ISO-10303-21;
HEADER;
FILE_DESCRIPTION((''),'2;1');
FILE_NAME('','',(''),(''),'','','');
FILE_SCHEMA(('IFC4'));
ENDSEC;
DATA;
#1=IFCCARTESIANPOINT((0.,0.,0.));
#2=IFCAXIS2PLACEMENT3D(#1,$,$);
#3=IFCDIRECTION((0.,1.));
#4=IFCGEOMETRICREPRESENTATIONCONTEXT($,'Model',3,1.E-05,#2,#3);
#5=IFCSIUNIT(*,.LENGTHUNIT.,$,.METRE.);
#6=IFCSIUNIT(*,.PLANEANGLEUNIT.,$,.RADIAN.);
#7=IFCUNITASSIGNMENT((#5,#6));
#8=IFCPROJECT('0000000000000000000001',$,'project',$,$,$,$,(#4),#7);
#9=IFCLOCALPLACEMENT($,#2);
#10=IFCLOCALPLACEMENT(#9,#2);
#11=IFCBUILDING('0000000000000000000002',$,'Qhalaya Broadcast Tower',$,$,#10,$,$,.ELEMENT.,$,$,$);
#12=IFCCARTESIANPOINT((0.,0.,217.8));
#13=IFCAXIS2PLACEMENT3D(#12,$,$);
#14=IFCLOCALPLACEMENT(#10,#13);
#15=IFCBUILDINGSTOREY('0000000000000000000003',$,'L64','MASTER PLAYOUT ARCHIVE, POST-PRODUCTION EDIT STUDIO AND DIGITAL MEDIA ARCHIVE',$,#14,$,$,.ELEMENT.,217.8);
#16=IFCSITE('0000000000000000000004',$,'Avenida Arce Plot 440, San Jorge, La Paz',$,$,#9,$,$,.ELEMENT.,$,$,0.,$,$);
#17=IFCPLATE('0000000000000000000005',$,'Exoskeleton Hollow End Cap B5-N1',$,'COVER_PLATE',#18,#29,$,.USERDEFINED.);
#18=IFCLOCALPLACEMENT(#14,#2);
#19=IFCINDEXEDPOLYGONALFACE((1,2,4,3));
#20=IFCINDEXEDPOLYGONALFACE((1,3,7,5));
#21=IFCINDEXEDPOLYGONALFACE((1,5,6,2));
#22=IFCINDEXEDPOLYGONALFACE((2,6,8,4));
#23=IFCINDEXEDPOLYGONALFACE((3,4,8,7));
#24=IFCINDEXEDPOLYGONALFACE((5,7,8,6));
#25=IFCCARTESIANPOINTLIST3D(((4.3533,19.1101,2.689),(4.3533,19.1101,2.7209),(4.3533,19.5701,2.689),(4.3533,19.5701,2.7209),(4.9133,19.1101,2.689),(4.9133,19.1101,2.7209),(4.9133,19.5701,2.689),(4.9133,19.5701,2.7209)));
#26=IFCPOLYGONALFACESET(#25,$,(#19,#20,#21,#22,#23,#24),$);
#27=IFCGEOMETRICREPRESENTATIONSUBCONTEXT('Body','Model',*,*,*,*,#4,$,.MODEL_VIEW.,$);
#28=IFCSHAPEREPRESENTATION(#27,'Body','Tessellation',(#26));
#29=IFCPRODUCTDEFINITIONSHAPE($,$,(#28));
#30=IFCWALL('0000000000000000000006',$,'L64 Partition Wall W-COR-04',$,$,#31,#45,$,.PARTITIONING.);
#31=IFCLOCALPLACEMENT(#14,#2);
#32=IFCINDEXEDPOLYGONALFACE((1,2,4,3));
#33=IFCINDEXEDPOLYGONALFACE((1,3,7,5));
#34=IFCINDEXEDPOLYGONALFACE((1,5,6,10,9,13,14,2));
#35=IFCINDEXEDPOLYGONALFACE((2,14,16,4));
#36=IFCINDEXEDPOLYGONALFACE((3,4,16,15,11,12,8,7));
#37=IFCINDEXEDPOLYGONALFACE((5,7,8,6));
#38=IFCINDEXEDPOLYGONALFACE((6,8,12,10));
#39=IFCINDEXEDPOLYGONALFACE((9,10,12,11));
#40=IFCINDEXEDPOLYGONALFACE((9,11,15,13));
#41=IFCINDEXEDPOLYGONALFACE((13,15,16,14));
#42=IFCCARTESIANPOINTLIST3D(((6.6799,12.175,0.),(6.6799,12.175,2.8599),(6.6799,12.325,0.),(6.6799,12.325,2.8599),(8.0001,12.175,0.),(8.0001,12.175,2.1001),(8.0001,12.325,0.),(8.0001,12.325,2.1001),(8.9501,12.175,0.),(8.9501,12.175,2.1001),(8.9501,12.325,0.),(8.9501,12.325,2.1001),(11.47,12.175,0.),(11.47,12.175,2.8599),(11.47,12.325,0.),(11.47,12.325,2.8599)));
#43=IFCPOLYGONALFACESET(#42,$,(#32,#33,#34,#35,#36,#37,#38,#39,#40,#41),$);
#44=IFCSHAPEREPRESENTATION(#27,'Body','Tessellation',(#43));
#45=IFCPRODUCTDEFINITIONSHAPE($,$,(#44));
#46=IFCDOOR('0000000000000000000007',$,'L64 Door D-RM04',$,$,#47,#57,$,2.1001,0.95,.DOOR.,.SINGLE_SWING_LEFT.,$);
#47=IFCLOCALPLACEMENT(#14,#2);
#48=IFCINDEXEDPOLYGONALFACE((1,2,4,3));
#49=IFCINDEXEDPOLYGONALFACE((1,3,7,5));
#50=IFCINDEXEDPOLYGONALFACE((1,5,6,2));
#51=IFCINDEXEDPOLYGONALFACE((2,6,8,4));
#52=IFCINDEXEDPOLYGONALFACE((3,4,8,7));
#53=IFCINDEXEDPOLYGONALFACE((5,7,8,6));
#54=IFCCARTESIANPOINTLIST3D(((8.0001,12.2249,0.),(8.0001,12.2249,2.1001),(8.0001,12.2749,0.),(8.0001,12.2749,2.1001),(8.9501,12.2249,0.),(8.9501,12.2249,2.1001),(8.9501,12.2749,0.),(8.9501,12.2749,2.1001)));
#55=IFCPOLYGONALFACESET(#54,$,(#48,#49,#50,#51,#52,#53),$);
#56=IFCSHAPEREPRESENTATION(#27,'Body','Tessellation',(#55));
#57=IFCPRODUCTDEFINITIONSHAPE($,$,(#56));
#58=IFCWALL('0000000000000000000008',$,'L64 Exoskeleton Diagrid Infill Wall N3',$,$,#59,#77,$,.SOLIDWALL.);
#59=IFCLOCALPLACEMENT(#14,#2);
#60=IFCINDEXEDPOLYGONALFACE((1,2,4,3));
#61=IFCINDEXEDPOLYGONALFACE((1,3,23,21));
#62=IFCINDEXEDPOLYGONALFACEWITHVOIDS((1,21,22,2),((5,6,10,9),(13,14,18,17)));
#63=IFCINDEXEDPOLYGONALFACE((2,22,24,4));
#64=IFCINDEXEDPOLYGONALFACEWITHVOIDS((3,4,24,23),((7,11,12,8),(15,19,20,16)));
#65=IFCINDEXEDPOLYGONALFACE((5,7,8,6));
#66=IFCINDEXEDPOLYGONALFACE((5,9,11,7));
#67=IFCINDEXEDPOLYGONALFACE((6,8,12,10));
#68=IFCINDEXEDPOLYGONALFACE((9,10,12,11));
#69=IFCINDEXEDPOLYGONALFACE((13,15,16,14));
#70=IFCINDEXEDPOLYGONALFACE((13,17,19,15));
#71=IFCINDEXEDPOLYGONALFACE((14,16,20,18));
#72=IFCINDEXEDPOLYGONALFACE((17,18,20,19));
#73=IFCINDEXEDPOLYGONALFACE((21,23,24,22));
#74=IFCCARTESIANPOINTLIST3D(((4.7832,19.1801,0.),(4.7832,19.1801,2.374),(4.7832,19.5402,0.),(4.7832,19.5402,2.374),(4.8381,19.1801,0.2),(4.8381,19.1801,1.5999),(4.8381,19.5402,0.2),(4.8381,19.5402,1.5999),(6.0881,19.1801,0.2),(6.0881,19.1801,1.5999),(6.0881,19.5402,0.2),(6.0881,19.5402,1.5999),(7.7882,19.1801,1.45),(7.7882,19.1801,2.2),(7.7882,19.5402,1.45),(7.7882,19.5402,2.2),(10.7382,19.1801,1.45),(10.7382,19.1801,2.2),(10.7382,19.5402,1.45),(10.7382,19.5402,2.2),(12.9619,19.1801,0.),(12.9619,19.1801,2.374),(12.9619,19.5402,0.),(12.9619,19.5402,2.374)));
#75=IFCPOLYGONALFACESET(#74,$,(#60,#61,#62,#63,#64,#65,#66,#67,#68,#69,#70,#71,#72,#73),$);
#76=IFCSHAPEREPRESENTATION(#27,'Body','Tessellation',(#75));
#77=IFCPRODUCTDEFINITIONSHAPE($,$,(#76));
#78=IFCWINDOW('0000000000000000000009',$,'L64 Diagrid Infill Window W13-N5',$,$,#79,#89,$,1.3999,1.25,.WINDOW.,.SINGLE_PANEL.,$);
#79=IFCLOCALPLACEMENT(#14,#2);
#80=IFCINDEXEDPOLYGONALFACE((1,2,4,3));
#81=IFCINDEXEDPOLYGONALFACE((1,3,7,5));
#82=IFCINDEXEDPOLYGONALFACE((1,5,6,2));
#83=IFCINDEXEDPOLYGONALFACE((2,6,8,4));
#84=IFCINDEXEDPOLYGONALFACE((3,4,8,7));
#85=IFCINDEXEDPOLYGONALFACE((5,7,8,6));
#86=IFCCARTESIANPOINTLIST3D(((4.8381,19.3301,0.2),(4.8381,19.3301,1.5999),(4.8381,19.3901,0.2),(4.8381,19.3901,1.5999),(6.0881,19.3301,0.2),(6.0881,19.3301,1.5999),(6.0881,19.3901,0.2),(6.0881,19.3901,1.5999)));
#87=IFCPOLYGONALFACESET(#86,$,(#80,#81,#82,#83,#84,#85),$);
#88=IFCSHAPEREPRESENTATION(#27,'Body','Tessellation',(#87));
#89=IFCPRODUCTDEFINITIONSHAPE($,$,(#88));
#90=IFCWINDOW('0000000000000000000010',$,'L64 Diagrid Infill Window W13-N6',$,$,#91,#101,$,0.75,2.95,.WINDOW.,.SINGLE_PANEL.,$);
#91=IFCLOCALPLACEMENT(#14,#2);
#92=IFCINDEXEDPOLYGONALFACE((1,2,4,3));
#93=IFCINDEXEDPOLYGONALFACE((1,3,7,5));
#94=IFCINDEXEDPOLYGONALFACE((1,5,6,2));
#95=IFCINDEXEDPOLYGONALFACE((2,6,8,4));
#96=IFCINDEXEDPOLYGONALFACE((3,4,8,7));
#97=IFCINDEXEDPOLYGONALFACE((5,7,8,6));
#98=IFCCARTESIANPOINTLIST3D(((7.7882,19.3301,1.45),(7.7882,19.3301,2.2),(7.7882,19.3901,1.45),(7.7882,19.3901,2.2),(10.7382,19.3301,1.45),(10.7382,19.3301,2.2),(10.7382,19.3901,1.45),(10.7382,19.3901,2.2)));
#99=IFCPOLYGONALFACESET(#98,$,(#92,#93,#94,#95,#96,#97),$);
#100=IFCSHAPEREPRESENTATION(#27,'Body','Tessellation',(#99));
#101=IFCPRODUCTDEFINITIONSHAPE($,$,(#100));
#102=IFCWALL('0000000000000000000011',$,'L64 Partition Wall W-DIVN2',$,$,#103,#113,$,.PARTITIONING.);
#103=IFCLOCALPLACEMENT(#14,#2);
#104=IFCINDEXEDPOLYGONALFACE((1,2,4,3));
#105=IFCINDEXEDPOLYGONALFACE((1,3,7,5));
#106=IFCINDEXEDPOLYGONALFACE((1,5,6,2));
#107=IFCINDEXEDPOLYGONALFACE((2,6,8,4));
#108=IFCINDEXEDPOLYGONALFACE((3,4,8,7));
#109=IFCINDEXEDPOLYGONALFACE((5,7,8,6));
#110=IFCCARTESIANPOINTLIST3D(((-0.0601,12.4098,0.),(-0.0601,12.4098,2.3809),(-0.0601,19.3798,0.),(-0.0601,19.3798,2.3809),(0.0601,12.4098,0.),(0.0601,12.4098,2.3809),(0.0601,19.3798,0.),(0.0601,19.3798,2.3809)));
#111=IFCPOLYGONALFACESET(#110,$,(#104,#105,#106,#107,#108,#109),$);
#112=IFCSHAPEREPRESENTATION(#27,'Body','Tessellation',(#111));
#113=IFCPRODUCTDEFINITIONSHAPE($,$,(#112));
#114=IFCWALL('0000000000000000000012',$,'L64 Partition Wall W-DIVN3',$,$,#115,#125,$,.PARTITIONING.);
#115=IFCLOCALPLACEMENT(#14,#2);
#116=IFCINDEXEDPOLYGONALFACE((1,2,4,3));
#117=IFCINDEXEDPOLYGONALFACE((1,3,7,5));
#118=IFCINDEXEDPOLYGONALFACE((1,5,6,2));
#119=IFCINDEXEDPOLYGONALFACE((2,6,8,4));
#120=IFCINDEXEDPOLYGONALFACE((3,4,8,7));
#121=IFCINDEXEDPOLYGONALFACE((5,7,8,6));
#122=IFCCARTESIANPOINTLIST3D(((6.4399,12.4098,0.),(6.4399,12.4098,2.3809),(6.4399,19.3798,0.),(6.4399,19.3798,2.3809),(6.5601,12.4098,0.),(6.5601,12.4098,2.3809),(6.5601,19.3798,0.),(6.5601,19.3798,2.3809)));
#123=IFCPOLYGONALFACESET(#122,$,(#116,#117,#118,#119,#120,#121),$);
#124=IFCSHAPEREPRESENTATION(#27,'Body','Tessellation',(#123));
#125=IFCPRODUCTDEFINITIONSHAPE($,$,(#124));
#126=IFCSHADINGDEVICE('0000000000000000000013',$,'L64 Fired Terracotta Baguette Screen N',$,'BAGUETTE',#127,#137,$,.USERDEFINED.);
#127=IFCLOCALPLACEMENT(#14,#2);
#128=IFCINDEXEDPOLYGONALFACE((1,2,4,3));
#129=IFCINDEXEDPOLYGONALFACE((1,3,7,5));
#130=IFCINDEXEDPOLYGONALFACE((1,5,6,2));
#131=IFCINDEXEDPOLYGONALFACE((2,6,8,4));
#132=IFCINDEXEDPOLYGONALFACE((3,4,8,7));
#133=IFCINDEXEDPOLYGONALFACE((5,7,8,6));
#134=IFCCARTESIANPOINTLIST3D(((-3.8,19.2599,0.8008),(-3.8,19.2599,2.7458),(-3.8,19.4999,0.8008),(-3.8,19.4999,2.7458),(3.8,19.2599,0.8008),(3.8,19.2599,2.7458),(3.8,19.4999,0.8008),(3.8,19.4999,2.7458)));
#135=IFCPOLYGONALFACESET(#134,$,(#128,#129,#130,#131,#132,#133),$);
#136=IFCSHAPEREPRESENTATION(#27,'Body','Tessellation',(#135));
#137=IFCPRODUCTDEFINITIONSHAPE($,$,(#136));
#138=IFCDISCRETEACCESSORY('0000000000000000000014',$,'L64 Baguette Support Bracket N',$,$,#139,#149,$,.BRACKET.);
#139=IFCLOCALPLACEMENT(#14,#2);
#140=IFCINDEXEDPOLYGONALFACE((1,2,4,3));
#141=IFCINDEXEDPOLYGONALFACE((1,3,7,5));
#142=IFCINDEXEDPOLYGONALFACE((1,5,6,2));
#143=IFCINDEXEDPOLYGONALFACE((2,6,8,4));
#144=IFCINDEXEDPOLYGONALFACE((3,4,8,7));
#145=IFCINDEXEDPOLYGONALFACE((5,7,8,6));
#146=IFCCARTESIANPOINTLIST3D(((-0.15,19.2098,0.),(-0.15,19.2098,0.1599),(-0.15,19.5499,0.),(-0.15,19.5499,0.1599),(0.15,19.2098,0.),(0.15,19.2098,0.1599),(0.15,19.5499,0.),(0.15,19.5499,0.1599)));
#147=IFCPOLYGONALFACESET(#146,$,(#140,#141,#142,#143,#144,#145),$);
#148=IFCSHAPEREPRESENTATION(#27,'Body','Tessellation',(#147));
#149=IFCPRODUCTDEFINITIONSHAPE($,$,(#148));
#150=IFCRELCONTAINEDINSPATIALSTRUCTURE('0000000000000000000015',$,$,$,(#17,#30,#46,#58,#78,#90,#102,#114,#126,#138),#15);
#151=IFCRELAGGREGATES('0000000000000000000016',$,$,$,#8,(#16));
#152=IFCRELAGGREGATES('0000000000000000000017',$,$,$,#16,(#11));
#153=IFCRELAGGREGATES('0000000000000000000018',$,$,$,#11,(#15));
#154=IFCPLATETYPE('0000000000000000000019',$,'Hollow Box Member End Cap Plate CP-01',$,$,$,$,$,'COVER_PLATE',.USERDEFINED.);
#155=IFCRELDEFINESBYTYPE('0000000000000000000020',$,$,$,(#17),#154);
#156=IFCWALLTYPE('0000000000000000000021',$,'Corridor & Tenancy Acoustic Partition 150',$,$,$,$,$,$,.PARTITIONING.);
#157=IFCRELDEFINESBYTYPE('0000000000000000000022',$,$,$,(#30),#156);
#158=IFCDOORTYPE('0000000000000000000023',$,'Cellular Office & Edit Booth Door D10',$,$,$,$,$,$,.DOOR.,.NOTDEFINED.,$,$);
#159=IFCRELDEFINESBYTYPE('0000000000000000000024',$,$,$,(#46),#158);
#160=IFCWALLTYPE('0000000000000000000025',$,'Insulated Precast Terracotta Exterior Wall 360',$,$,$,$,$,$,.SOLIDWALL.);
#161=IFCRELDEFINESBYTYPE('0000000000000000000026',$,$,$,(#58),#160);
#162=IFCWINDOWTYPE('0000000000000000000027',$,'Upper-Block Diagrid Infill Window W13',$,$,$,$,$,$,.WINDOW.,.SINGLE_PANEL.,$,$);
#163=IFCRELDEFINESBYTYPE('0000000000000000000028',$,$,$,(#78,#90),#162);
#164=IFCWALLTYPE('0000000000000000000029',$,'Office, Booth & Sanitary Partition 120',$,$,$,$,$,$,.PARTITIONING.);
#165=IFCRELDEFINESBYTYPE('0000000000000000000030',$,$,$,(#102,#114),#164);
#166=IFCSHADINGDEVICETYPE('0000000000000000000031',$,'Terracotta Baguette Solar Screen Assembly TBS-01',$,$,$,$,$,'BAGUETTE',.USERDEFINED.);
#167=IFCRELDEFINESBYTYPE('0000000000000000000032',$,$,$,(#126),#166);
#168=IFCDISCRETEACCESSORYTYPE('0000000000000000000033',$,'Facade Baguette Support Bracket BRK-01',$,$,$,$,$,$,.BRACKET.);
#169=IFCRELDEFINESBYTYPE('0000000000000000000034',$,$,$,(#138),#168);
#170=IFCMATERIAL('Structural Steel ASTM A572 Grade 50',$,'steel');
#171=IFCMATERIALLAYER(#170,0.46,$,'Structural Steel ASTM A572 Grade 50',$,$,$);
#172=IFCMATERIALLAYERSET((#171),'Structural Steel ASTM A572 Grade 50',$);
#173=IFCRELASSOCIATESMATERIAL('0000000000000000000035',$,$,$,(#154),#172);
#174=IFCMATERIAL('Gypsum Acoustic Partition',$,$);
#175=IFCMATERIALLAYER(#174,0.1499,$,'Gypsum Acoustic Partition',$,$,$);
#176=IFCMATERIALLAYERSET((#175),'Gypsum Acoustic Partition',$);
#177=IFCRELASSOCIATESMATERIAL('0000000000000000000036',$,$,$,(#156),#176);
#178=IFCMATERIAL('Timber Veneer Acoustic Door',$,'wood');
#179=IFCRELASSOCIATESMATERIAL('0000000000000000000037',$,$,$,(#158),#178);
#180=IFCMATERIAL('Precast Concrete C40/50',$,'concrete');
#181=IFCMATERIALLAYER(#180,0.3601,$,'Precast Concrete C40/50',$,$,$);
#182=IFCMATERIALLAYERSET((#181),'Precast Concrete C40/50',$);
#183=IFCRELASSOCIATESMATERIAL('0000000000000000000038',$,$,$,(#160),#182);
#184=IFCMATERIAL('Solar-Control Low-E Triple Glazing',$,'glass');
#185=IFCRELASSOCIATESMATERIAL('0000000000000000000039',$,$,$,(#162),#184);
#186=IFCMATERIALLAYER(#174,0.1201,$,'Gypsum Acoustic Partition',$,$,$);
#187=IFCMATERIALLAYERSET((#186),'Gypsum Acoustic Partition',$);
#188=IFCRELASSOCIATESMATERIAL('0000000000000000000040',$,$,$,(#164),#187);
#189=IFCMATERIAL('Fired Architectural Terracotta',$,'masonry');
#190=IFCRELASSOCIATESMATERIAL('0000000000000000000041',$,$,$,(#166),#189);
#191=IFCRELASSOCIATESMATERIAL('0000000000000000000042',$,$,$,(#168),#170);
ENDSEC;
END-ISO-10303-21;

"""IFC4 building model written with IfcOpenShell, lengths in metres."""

from ifc_helpers import new_model, si_unit, direction, frame, frame_2d, origin, origin_2d, place, context, subcontext, project, spatial, rectangle, extrude, material, layer, layer_set, type_object, element, fill, save


model = new_model("IFC4")

# Units and contexts
model_context = context("Model", 3, precision=1e-05, world=origin(), true_north=direction((0.0, 1.0)))
body_context = subcontext(model_context, "Body", "Model", "MODEL_VIEW")
ifc_project = project(units=[si_unit("LENGTHUNIT", "METRE"), si_unit("PLANEANGLEUNIT", "RADIAN")], contexts=[model_context])

# Site, building, storey
site_placement = place(None, origin())
site = spatial("IfcSite", under=ifc_project, at=site_placement, Name="Avenida Arce Plot 440, San Jorge, La Paz", CompositionType="ELEMENT", RefElevation=0.0)
building_placement = place(site_placement, origin())
building = spatial("IfcBuilding", under=site, at=building_placement, Name="Qhalaya Broadcast Tower", CompositionType="ELEMENT")
storey_placement = place(building_placement, frame((0.0, 0.0, 217.8)))
storey = spatial("IfcBuildingStorey", under=building, at=storey_placement, Name="L64", Description="MASTER PLAYOUT ARCHIVE, POST-PRODUCTION EDIT STUDIO AND DIGITAL MEDIA ARCHIVE", CompositionType="ELEMENT", Elevation=217.8)

# Shared definitions
ifc_material_1 = material(Name="Structural Steel ASTM A572 Grade 50", Category="steel")

# Plate
ifc_layer_1 = layer(ifc_material_1, 0.46, Name="Structural Steel ASTM A572 Grade 50")
ifc_layer_set_1 = layer_set([ifc_layer_1], Name="Structural Steel ASTM A572 Grade 50")
plate_type_1 = type_object("IfcPlateType", Name="Hollow Box Member End Cap Plate CP-01", ElementType="COVER_PLATE", PredefinedType="USERDEFINED", material=ifc_layer_set_1)
plate_1_placement = place(storey_placement, frame((4.6333, 19.3401, 2.689), z_axis=(0.0, 0.0, 1.0), x_axis=(1.0, 0.0, 0.0)))
element("IfcPlate", 1, at=plate_1_placement, inside=storey, type_object=plate_type_1, Name="Exoskeleton Hollow End Cap B5-N1", ObjectType="COVER_PLATE", PredefinedType="USERDEFINED", context=body_context, shape_type="SweptSolid", body=[
    extrude(rectangle(XDim=0.5601, YDim=0.46, at=origin_2d()), origin(), (0.0, 0.0, 1.0), 0.032),
])

# Wall, opening, door
ifc_material_2 = material(Name="Gypsum Acoustic Partition")
ifc_layer_2 = layer(ifc_material_2, 0.1499, Name="Gypsum Acoustic Partition")
ifc_layer_set_2 = layer_set([ifc_layer_2], Name="Gypsum Acoustic Partition")
wall_type_1 = type_object("IfcWallType", Name="Corridor & Tenancy Acoustic Partition 150", PredefinedType="PARTITIONING", material=ifc_layer_set_2)
wall_1_placement = place(storey_placement, frame((6.6799, 12.25, 0.0), z_axis=(0.0, 0.0, 1.0), x_axis=(1.0, 0.0, 0.0)))
wall_1 = element("IfcWall", 2, at=wall_1_placement, inside=storey, type_object=wall_type_1, Name="L64 Partition Wall W-COR-04", PredefinedType="PARTITIONING", context=body_context, shape_type="SweptSolid", body=[
    extrude(rectangle(XDim=4.79, YDim=0.1499, at=frame_2d((2.395, 0.0))), origin(), (0.0, 0.0, 1.0), 2.8599),
])
opening_1_placement = place(wall_1_placement, frame((1.3201, 0.0, 0.0)))
opening_1 = element("IfcOpeningElement", 3, at=opening_1_placement, cuts=wall_1, PredefinedType="OPENING", context=body_context, shape_type="SweptSolid", body=[
    extrude(rectangle(XDim=0.95, YDim=2.1001, at=frame_2d((0.4751, 1.05))), frame((0.0, 0.0869, 0.0), z_axis=(0.0, -1.0, 0.0), x_axis=(1.0, 0.0, 0.0)), (0.0, 0.0, 1.0), 0.1738),
])
ifc_material_3 = material(Name="Timber Veneer Acoustic Door", Category="wood")
door_type = type_object("IfcDoorType", Name="Cellular Office & Edit Booth Door D10", OperationType="NOTDEFINED", PredefinedType="DOOR", material=ifc_material_3)
door_placement = place(opening_1_placement, origin())
door = element("IfcDoor", 4, at=door_placement, inside=storey, type_object=door_type, Name="L64 Door D-RM04", OperationType="SINGLE_SWING_LEFT", OverallHeight=2.1001, OverallWidth=0.95, PredefinedType="DOOR", context=body_context, shape_type="SweptSolid", body=[
    extrude(rectangle(XDim=0.95, YDim=2.1001, at=frame_2d((0.4751, 1.05))), frame((0.0, 0.0249, 0.0), z_axis=(0.0, -1.0, 0.0), x_axis=(1.0, 0.0, 0.0)), (0.0, 0.0, 1.0), 0.05),
])
fill(opening_1, door)

# Wall, openings, windows
ifc_material_4 = material(Name="Precast Concrete C40/50", Category="concrete")
ifc_layer_3 = layer(ifc_material_4, 0.3601, Name="Precast Concrete C40/50")
ifc_layer_set_3 = layer_set([ifc_layer_3], Name="Precast Concrete C40/50")
wall_type_2 = type_object("IfcWallType", Name="Insulated Precast Terracotta Exterior Wall 360", PredefinedType="SOLIDWALL", material=ifc_layer_set_3)
wall_2_placement = place(storey_placement, frame((4.7832, 19.3601, 0.0), z_axis=(0.0, 0.0, 1.0), x_axis=(1.0, 0.0, 0.0)))
wall_2 = element("IfcWall", 5, at=wall_2_placement, inside=storey, type_object=wall_type_2, Name="L64 Exoskeleton Diagrid Infill Wall N3", PredefinedType="SOLIDWALL", context=body_context, shape_type="SweptSolid", body=[
    extrude(rectangle(XDim=8.1787, YDim=0.3601, at=frame_2d((4.0894, 0.0))), origin(), (0.0, 0.0, 1.0), 2.374),
])
opening_2_placement = place(wall_2_placement, frame((0.0549, 0.0, 0.2)))
opening_2 = element("IfcOpeningElement", 6, at=opening_2_placement, cuts=wall_2, PredefinedType="OPENING", context=body_context, shape_type="SweptSolid", body=[
    extrude(rectangle(XDim=1.25, YDim=1.3999, at=frame_2d((0.625, 0.7))), frame((0.0, 0.1921, 0.0), z_axis=(0.0, -1.0, 0.0), x_axis=(1.0, 0.0, 0.0)), (0.0, 0.0, 1.0), 0.384),
])
opening_3_placement = place(wall_2_placement, frame((3.0049, 0.0, 1.45)))
opening_3 = element("IfcOpeningElement", 7, at=opening_3_placement, cuts=wall_2, PredefinedType="OPENING", context=body_context, shape_type="SweptSolid", body=[
    extrude(rectangle(XDim=2.95, YDim=0.75, at=frame_2d((1.4751, 0.375))), frame((0.0, 0.1921, 0.0), z_axis=(0.0, -1.0, 0.0), x_axis=(1.0, 0.0, 0.0)), (0.0, 0.0, 1.0), 0.384),
])
ifc_material_5 = material(Name="Solar-Control Low-E Triple Glazing", Category="glass")
window_type = type_object("IfcWindowType", Name="Upper-Block Diagrid Infill Window W13", PartitioningType="SINGLE_PANEL", PredefinedType="WINDOW", material=ifc_material_5)
window_1_placement = place(opening_2_placement, origin())
window_1 = element("IfcWindow", 8, at=window_1_placement, inside=storey, type_object=window_type, Name="L64 Diagrid Infill Window W13-N5", OverallHeight=1.3999, OverallWidth=1.25, PartitioningType="SINGLE_PANEL", PredefinedType="WINDOW", context=body_context, shape_type="SweptSolid", body=[
    extrude(rectangle(XDim=1.25, YDim=1.3999, at=frame_2d((0.625, 0.7))), frame((0.0, 0.03, 0.0), z_axis=(0.0, -1.0, 0.0), x_axis=(1.0, 0.0, 0.0)), (0.0, 0.0, 1.0), 0.0601),
])
fill(opening_2, window_1)
window_2_placement = place(opening_3_placement, origin())
window_2 = element("IfcWindow", 9, at=window_2_placement, inside=storey, type_object=window_type, Name="L64 Diagrid Infill Window W13-N6", OverallHeight=0.75, OverallWidth=2.95, PartitioningType="SINGLE_PANEL", PredefinedType="WINDOW", context=body_context, shape_type="SweptSolid", body=[
    extrude(rectangle(XDim=2.95, YDim=0.75, at=frame_2d((1.4751, 0.375))), frame((0.0, 0.03, 0.0), z_axis=(0.0, -1.0, 0.0), x_axis=(1.0, 0.0, 0.0)), (0.0, 0.0, 1.0), 0.0601),
])
fill(opening_3, window_2)

# Walls
ifc_layer_4 = layer(ifc_material_2, 0.1201, Name="Gypsum Acoustic Partition")
ifc_layer_set_4 = layer_set([ifc_layer_4], Name="Gypsum Acoustic Partition")
wall_type_3 = type_object("IfcWallType", Name="Office, Booth & Sanitary Partition 120", PredefinedType="PARTITIONING", material=ifc_layer_set_4)
for number, where, z_axis, x_axis, name in (
    (10, (0.0, 12.4099, 0.0), (0.0, 0.0, 1.0), (0.0, 1.0, 0.0), "L64 Partition Wall W-DIVN2"),
    (11, (6.5, 12.4099, 0.0), (0.0, 0.0, 1.0), (0.0, 1.0, 0.0), "L64 Partition Wall W-DIVN3"),
):
    element("IfcWall", number, at=place(storey_placement, frame(where, z_axis=z_axis, x_axis=x_axis)), inside=storey, type_object=wall_type_3, Name=name, PredefinedType="PARTITIONING", context=body_context, shape_type="SweptSolid", body=[
        extrude(rectangle(XDim=6.97, YDim=0.1201, at=frame_2d((3.4849, 0.0))), origin(), (0.0, 0.0, 1.0), 2.3809),
    ])

# Shading device
ifc_material_6 = material(Name="Fired Architectural Terracotta", Category="masonry")
shading_device_type = type_object("IfcShadingDeviceType", Name="Terracotta Baguette Solar Screen Assembly TBS-01", ElementType="BAGUETTE", PredefinedType="USERDEFINED", material=ifc_material_6)
shading_device_placement = place(storey_placement, frame((0.0, 19.3799, 0.8008), z_axis=(0.0, 0.0, 1.0), x_axis=(-1.0, 0.0, 0.0)))
element("IfcShadingDevice", 12, at=shading_device_placement, inside=storey, type_object=shading_device_type, Name="L64 Fired Terracotta Baguette Screen N", ObjectType="BAGUETTE", PredefinedType="USERDEFINED", context=body_context, shape_type="SweptSolid", body=[
    extrude(rectangle(XDim=7.6001, YDim=0.24, at=origin_2d()), origin(), (0.0, 0.0, 1.0), 1.9451),
])

# Discrete accessory
discrete_accessory_type = type_object("IfcDiscreteAccessoryType", Name="Facade Baguette Support Bracket BRK-01", PredefinedType="BRACKET", material=ifc_material_1)
discrete_accessory_placement = place(storey_placement, frame((0.0, 19.3799, 0.0), z_axis=(0.0, 0.0, 1.0), x_axis=(-1.0, 0.0, 0.0)))
element("IfcDiscreteAccessory", 13, at=discrete_accessory_placement, inside=storey, type_object=discrete_accessory_type, Name="L64 Baguette Support Bracket N", PredefinedType="BRACKET", context=body_context, shape_type="SweptSolid", body=[
    extrude(rectangle(XDim=0.3, YDim=0.3401, at=origin_2d()), origin(), (0.0, 0.0, 1.0), 0.1599),
])

save(model, "model.ifc")
